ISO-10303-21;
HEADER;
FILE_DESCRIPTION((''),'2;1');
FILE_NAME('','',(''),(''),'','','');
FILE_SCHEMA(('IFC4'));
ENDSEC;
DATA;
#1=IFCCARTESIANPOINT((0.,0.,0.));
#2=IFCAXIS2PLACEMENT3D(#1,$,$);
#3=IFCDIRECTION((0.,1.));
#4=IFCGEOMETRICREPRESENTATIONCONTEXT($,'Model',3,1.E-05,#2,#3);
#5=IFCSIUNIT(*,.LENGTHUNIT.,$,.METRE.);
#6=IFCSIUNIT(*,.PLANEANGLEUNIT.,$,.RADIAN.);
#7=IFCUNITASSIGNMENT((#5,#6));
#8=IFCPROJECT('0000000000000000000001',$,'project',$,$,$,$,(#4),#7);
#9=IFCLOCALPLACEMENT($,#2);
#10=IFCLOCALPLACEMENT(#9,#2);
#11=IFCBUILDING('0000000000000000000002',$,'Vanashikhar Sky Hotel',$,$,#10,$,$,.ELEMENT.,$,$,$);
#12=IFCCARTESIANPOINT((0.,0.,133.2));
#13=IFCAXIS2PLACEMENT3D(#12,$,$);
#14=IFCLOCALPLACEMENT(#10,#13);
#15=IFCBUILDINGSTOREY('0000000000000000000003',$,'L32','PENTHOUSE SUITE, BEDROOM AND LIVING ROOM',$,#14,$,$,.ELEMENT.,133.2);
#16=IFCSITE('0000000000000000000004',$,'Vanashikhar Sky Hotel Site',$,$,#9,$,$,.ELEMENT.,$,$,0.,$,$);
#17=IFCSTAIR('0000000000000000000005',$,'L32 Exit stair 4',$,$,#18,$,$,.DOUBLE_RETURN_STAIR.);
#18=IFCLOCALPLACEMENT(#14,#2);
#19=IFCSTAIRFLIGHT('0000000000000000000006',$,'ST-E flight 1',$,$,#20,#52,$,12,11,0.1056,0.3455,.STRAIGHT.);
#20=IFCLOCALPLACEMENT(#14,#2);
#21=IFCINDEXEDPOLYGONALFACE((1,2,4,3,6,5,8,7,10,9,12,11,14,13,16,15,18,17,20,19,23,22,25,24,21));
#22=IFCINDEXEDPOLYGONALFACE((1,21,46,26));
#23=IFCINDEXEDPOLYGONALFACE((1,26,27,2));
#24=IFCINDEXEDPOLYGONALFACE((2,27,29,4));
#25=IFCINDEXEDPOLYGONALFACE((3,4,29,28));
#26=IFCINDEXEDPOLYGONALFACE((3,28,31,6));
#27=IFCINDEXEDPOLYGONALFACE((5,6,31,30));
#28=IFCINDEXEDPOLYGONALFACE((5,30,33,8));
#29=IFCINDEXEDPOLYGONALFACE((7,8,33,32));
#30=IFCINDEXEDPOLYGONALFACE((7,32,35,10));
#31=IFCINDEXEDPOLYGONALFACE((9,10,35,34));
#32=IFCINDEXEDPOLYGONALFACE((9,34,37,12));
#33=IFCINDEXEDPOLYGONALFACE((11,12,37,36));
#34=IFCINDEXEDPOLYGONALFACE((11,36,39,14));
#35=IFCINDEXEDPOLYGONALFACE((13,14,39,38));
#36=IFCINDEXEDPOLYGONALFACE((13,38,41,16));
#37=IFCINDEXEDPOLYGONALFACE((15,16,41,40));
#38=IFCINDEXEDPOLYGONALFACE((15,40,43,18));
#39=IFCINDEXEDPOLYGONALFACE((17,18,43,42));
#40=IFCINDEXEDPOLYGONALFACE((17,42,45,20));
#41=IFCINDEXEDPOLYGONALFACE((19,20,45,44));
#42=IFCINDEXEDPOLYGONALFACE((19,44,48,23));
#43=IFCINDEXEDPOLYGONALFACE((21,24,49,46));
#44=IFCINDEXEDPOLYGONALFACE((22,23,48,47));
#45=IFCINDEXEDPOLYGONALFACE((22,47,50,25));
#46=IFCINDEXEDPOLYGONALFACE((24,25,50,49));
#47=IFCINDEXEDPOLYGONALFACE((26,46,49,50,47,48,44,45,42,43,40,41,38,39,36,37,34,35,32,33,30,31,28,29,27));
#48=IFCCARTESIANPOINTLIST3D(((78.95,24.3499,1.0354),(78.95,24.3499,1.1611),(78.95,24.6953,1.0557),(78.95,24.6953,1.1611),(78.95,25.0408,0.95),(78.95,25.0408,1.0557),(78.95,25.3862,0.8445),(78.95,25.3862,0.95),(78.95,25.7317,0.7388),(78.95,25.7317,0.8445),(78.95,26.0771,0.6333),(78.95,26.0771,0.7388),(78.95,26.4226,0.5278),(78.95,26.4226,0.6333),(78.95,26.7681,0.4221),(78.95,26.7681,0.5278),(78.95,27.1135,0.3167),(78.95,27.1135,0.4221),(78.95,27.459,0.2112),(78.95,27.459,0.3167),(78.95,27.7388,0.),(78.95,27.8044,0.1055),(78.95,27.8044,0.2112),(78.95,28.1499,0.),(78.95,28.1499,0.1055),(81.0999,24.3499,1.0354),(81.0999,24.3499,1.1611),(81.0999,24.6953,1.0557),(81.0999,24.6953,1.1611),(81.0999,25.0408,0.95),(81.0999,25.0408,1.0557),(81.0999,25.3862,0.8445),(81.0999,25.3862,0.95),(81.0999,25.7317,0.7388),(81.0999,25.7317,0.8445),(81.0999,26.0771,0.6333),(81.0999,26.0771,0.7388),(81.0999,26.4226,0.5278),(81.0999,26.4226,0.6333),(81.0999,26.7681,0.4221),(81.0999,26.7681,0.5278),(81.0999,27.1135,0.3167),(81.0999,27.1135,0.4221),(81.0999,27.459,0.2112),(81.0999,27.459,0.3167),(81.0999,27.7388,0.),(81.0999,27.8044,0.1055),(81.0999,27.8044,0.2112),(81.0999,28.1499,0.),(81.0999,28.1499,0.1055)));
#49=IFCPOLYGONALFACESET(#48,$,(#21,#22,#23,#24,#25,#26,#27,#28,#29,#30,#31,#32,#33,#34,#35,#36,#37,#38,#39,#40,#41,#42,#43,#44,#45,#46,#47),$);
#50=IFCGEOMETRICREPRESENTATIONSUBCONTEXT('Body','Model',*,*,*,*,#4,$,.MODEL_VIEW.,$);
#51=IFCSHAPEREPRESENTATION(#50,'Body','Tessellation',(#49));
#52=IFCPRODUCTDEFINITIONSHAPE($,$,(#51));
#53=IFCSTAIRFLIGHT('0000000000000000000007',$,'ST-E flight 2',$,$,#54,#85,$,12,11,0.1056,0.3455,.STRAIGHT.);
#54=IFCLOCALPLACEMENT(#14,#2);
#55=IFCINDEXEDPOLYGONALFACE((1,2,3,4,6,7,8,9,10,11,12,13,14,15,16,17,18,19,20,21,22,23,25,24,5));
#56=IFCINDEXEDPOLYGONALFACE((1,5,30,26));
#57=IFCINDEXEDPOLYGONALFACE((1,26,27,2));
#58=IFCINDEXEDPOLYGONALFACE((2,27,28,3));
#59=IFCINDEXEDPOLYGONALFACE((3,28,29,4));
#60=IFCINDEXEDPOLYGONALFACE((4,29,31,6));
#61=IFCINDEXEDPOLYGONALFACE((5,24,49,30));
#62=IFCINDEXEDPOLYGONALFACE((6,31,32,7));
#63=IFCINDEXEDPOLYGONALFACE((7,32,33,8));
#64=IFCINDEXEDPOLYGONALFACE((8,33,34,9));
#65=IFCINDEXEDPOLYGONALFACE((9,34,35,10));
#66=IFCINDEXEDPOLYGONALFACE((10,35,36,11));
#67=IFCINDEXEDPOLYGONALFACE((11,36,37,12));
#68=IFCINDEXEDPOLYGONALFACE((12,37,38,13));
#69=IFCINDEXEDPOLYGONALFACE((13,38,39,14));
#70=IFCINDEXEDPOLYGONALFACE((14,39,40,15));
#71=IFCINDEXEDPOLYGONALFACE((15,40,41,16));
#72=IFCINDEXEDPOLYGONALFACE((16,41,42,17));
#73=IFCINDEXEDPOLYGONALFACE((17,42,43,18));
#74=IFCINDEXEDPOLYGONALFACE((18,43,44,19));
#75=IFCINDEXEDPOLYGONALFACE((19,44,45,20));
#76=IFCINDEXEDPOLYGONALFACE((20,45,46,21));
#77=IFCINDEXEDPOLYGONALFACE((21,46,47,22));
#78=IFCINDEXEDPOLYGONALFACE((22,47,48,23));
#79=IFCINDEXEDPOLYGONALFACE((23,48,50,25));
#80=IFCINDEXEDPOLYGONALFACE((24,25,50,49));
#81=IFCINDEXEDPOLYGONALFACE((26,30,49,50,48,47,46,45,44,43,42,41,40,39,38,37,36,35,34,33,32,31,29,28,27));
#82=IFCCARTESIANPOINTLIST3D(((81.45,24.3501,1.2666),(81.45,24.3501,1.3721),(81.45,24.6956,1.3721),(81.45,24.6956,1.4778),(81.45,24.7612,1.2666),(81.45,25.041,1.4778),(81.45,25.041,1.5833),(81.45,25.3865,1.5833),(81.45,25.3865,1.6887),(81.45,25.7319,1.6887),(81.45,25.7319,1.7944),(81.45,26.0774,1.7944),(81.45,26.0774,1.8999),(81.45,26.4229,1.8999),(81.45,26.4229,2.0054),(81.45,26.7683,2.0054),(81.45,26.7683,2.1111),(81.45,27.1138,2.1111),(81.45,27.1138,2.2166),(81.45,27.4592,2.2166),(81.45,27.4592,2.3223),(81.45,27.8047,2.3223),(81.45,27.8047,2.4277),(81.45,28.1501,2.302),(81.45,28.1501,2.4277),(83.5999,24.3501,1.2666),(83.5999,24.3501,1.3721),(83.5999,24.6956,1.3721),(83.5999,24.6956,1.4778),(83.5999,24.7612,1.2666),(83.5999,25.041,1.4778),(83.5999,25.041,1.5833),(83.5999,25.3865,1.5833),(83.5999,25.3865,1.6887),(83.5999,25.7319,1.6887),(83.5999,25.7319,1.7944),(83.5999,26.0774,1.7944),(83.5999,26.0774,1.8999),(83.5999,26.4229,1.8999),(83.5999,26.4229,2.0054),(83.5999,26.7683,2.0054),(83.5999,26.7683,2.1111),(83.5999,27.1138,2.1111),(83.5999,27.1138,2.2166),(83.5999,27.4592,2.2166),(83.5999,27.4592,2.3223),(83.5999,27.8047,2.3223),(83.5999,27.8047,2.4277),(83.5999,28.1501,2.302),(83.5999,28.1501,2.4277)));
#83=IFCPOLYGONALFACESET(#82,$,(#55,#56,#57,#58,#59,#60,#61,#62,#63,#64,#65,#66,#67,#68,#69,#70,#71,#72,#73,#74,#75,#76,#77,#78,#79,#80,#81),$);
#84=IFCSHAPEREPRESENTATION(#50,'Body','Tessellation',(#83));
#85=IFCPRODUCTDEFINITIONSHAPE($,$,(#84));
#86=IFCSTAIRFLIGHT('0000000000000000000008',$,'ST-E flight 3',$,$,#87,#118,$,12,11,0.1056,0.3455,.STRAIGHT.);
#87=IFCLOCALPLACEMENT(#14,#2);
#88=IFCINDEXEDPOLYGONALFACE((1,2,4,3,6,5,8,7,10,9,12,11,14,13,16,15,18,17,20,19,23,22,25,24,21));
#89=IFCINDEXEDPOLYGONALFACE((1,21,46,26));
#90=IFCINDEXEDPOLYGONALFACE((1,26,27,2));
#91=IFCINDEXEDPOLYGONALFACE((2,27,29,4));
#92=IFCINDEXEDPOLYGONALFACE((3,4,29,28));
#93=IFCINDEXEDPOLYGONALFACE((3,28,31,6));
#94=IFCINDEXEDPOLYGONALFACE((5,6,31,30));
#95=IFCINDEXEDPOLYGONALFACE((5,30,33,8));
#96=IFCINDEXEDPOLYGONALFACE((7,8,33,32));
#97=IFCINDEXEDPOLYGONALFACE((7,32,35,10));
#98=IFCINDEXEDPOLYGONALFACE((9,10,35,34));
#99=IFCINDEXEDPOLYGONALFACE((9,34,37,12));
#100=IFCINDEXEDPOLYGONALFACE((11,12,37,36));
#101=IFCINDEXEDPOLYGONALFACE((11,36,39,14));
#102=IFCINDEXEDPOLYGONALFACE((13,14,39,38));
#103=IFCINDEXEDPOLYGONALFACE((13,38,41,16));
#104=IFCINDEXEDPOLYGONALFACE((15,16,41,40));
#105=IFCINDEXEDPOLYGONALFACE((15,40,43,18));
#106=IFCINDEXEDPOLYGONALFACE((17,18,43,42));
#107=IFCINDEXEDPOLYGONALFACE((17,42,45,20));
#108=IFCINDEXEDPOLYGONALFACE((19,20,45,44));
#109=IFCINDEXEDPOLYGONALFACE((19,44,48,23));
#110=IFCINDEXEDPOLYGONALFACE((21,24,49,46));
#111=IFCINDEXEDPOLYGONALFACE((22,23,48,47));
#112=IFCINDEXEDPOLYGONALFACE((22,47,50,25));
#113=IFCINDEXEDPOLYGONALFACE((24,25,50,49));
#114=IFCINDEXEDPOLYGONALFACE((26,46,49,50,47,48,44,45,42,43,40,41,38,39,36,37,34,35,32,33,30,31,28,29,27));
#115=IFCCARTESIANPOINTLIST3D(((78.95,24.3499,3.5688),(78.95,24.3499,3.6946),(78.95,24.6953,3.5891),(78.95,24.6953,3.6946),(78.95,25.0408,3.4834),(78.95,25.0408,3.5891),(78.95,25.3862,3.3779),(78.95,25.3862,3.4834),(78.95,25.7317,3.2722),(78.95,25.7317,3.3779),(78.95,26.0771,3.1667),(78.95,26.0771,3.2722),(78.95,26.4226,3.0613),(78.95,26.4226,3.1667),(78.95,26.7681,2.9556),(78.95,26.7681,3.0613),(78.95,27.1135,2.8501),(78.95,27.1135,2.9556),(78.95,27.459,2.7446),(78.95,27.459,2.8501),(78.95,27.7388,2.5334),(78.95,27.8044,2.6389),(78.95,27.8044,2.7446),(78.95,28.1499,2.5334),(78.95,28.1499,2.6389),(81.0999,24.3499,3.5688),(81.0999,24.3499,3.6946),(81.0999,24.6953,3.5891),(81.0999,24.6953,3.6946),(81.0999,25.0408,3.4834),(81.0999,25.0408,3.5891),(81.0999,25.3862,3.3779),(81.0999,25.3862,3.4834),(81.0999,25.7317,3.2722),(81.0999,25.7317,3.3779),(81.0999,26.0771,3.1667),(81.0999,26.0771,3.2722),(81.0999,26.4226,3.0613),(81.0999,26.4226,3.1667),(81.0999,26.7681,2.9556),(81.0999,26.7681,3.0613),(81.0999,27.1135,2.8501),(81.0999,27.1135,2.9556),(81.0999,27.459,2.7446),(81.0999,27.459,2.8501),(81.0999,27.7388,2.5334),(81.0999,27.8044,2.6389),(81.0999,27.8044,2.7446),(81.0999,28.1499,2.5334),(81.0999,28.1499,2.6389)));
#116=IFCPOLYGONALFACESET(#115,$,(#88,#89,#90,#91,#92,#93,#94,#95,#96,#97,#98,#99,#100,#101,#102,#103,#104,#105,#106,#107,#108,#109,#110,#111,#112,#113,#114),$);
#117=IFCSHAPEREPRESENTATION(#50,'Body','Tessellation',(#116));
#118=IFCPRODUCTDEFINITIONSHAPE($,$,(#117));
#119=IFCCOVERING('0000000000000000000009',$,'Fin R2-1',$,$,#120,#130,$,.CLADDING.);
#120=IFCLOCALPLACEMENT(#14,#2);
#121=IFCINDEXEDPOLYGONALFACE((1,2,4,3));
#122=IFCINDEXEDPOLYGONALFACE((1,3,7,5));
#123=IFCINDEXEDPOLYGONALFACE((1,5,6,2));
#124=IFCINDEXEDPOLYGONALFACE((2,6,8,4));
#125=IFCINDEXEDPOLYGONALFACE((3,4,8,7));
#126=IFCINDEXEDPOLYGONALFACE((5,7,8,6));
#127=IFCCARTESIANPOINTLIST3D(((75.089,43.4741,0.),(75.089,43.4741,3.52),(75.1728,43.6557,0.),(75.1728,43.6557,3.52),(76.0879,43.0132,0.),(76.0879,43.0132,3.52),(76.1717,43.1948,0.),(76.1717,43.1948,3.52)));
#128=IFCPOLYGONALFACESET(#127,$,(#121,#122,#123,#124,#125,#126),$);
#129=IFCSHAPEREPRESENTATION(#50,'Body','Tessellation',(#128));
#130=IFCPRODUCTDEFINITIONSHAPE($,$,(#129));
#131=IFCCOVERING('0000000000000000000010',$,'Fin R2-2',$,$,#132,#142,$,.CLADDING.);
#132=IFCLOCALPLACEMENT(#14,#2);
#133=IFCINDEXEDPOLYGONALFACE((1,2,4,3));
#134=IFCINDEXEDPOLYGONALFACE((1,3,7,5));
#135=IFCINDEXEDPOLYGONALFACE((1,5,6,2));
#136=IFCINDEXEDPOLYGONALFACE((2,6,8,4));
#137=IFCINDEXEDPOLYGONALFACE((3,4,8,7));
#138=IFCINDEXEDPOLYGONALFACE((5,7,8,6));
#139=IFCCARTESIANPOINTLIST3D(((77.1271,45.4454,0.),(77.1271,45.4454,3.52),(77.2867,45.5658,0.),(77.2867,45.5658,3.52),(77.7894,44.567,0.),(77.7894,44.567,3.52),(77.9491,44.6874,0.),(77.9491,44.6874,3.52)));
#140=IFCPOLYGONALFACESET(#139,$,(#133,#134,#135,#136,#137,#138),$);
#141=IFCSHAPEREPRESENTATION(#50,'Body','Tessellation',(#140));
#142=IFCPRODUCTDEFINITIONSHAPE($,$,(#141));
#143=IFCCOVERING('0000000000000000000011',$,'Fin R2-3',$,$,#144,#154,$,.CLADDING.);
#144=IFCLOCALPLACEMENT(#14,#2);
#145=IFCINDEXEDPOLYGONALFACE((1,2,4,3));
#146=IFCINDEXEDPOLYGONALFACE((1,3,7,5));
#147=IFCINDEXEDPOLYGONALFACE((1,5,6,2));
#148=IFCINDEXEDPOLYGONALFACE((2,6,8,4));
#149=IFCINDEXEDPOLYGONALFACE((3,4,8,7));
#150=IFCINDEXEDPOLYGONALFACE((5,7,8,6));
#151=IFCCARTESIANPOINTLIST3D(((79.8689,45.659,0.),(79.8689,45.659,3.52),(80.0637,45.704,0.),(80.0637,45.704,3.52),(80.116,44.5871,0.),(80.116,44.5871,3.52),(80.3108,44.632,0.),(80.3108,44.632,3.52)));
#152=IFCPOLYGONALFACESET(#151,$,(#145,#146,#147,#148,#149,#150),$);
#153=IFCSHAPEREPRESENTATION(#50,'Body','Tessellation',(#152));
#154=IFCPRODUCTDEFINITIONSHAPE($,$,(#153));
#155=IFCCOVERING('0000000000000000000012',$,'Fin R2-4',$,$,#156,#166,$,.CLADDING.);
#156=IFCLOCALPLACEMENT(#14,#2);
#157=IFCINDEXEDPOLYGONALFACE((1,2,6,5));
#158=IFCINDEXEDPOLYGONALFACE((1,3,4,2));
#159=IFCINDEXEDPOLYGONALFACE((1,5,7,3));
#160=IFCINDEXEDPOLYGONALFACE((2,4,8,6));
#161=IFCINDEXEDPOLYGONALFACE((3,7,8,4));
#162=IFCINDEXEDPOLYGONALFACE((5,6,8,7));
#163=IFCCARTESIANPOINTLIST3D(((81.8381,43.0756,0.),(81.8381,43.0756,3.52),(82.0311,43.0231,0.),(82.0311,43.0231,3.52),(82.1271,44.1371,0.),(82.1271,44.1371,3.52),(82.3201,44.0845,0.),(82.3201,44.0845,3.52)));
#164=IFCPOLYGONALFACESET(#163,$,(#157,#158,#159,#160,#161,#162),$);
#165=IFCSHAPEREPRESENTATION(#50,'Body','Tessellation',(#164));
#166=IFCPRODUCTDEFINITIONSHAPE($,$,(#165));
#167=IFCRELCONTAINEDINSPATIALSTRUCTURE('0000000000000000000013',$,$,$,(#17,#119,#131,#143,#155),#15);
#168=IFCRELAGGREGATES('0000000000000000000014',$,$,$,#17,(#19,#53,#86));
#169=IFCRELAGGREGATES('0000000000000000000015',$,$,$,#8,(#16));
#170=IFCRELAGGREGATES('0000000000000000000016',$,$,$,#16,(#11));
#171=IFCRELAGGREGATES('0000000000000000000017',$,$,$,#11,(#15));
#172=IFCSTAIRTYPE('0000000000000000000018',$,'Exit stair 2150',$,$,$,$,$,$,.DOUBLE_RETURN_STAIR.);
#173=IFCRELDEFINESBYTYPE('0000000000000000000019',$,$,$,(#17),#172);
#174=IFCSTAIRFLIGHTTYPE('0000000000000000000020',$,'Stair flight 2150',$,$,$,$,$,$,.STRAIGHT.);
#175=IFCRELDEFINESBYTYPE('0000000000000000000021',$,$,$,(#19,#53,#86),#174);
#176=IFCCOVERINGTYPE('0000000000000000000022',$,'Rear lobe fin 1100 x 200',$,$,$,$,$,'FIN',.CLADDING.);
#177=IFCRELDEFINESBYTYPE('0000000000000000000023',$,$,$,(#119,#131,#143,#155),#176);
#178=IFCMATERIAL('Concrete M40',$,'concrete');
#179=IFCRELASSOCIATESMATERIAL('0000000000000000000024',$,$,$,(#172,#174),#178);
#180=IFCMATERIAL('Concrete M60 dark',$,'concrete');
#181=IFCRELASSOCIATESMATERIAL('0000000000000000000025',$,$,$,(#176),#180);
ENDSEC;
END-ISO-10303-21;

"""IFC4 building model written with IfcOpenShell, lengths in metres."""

from ifc_helpers import new_model, si_unit, direction, frame, origin, origin_2d, place, context, subcontext, project, spatial, polyline, rectangle, outline, extrude, source, transform, mapped, material, material_profile, profile_set, type_object, element, aggregate, save


model = new_model("IFC4")

# Units and contexts
model_context = context("Model", 3, precision=1e-05, world=origin(), true_north=direction((0.0, 1.0)))
body_context = subcontext(model_context, "Body", "Model", "MODEL_VIEW")
ifc_project = project(units=[si_unit("LENGTHUNIT", "METRE"), si_unit("PLANEANGLEUNIT", "RADIAN")], contexts=[model_context])

# Site, building, storey
site_placement = place(None, origin())
site = spatial("IfcSite", under=ifc_project, at=site_placement, Name="Vanashikhar Sky Hotel Site", CompositionType="ELEMENT", RefElevation=0.0)
building_placement = place(site_placement, origin())
building = spatial("IfcBuilding", under=site, at=building_placement, Name="Vanashikhar Sky Hotel", CompositionType="ELEMENT")
storey_placement = place(building_placement, frame((0.0, 0.0, 133.2)))
storey = spatial("IfcBuildingStorey", under=building, at=storey_placement, Name="L32", Description="PENTHOUSE SUITE, BEDROOM AND LIVING ROOM", CompositionType="ELEMENT", Elevation=133.2)

# Stair, stair flights
ifc_material_1 = material(Name="Concrete M40", Category="concrete")
stair_type = type_object("IfcStairType", Name="Exit stair 2150", PredefinedType="DOUBLE_RETURN_STAIR", material=ifc_material_1)
stair_placement = place(storey_placement, origin())
stair = element("IfcStair", 1, at=stair_placement, inside=storey, type_object=stair_type, Name="L32 Exit stair 4", PredefinedType="DOUBLE_RETURN_STAIR")
stair_flight_type = type_object("IfcStairFlightType", Name="Stair flight 2150", PredefinedType="STRAIGHT", material=ifc_material_1)
shared_shape_1 = source(origin(), body_context, "Body", "SweptSolid", [
    extrude(outline(polyline([(0.0, 0.0), (0.0, 0.1055), (0.3455, 0.1055), (0.3455, 0.2112), (0.6909, 0.2112), (0.6909, 0.3167), (1.0364, 0.3167), (1.0364, 0.4221), (1.3818, 0.4221), (1.3818, 0.5278), (1.7273, 0.5278), (1.7273, 0.6333), (2.0728, 0.6333), (2.0728, 0.7388), (2.4182, 0.7388), (2.4182, 0.8445), (2.7637, 0.8445), (2.7637, 0.95), (3.1091, 0.95), (3.1091, 1.0557), (3.4546, 1.0557), (3.4546, 1.1611), (3.8, 1.1611), (3.8, 1.2666), (3.8, 1.0354), (0.4111, 0.0), (0.0, 0.0)])), frame((0.0, 1.075, 0.0), z_axis=(0.0, -1.0, 0.0), x_axis=(1.0, 0.0, 0.0)), (0.0, 0.0, 1.0), 2.1499),
])
stair_flight_1_placement = place(storey_placement, frame((80.0249, 28.1499, 0.0), z_axis=(0.0, 0.0, 1.0), x_axis=(0.0, -1.0, 0.0)))
stair_flight_1 = element("IfcStairFlight", 2, at=stair_flight_1_placement, type_object=stair_flight_type, Name="ST-E flight 1", NumberOfRisers=12, NumberOfTreads=11, PredefinedType="STRAIGHT", RiserHeight=0.1056, TreadLength=0.3455, context=body_context, shape_type="MappedRepresentation", body=[
    mapped(shared_shape_1, transform((0.0, 0.0, 0.0), scale=1.0)),
])
stair_flight_2_placement = place(storey_placement, frame((82.5249, 24.3501, 1.2666), z_axis=(0.0, 0.0, 1.0), x_axis=(0.0, 1.0, 0.0)))
stair_flight_2 = element("IfcStairFlight", 3, at=stair_flight_2_placement, type_object=stair_flight_type, Name="ST-E flight 2", NumberOfRisers=12, NumberOfTreads=11, PredefinedType="STRAIGHT", RiserHeight=0.1056, TreadLength=0.3455, context=body_context, shape_type="MappedRepresentation", body=[
    mapped(shared_shape_1, transform((0.0, 0.0, 0.0), scale=1.0)),
])
stair_flight_3_placement = place(storey_placement, frame((80.0249, 28.1499, 2.5334), z_axis=(0.0, 0.0, 1.0), x_axis=(0.0, -1.0, 0.0)))
stair_flight_3 = element("IfcStairFlight", 4, at=stair_flight_3_placement, type_object=stair_flight_type, Name="ST-E flight 3", NumberOfRisers=12, NumberOfTreads=11, PredefinedType="STRAIGHT", RiserHeight=0.1056, TreadLength=0.3455, context=body_context, shape_type="MappedRepresentation", body=[
    mapped(shared_shape_1, transform((0.0, 0.0, 0.0), scale=1.0)),
])
aggregate(stair, [stair_flight_1, stair_flight_2, stair_flight_3])

# Coverings
ifc_material_2 = material(Name="Concrete M60 dark", Category="concrete")
ifc_material_profile_1 = material_profile(ifc_material_2, rectangle(XDim=1.1001, YDim=0.2, at=origin_2d()))
ifc_profile_set_1 = profile_set([ifc_material_profile_1], Name="Rear lobe fin 1100 x 200")
covering_type = type_object("IfcCoveringType", Name="Rear lobe fin 1100 x 200", ElementType="FIN", PredefinedType="CLADDING", material=ifc_profile_set_1)
shared_shape_2 = source(origin(), body_context, "Body", "SweptSolid", [
    extrude(rectangle(XDim=1.1001, YDim=0.2, at=origin_2d()), origin(), (0.0, 0.0, 1.0), 3.52),
])
for number, where, z_axis, x_axis, name in (
    (5, (75.6304, 43.3345, 0.0), (0.0, 0.0, 1.0), (-0.908004, 0.418961, 0.0), "Fin R2-1"),
    (6, (77.5381, 45.0664, 0.0), (0.0, 0.0, 1.0), (-0.602066, 0.798446, 0.0), "Fin R2-2"),
    (7, (80.0898, 45.1455, 0.0), (0.0, 0.0, 1.0), (-0.224645, 0.974441, 0.0), "Fin R2-3"),
    (8, (82.0791, 43.5801, 0.0), (0.0, 0.0, 1.0), (0.262711, 0.964874, 0.0), "Fin R2-4"),
):
    element("IfcCovering", number, at=place(storey_placement, frame(where, z_axis=z_axis, x_axis=x_axis)), inside=storey, type_object=covering_type, Name=name, PredefinedType="CLADDING", context=body_context, shape_type="MappedRepresentation", body=[
        mapped(shared_shape_2, transform((0.0, 0.0, 0.0), scale=1.0)),
    ])

save(model, "model.ifc")
